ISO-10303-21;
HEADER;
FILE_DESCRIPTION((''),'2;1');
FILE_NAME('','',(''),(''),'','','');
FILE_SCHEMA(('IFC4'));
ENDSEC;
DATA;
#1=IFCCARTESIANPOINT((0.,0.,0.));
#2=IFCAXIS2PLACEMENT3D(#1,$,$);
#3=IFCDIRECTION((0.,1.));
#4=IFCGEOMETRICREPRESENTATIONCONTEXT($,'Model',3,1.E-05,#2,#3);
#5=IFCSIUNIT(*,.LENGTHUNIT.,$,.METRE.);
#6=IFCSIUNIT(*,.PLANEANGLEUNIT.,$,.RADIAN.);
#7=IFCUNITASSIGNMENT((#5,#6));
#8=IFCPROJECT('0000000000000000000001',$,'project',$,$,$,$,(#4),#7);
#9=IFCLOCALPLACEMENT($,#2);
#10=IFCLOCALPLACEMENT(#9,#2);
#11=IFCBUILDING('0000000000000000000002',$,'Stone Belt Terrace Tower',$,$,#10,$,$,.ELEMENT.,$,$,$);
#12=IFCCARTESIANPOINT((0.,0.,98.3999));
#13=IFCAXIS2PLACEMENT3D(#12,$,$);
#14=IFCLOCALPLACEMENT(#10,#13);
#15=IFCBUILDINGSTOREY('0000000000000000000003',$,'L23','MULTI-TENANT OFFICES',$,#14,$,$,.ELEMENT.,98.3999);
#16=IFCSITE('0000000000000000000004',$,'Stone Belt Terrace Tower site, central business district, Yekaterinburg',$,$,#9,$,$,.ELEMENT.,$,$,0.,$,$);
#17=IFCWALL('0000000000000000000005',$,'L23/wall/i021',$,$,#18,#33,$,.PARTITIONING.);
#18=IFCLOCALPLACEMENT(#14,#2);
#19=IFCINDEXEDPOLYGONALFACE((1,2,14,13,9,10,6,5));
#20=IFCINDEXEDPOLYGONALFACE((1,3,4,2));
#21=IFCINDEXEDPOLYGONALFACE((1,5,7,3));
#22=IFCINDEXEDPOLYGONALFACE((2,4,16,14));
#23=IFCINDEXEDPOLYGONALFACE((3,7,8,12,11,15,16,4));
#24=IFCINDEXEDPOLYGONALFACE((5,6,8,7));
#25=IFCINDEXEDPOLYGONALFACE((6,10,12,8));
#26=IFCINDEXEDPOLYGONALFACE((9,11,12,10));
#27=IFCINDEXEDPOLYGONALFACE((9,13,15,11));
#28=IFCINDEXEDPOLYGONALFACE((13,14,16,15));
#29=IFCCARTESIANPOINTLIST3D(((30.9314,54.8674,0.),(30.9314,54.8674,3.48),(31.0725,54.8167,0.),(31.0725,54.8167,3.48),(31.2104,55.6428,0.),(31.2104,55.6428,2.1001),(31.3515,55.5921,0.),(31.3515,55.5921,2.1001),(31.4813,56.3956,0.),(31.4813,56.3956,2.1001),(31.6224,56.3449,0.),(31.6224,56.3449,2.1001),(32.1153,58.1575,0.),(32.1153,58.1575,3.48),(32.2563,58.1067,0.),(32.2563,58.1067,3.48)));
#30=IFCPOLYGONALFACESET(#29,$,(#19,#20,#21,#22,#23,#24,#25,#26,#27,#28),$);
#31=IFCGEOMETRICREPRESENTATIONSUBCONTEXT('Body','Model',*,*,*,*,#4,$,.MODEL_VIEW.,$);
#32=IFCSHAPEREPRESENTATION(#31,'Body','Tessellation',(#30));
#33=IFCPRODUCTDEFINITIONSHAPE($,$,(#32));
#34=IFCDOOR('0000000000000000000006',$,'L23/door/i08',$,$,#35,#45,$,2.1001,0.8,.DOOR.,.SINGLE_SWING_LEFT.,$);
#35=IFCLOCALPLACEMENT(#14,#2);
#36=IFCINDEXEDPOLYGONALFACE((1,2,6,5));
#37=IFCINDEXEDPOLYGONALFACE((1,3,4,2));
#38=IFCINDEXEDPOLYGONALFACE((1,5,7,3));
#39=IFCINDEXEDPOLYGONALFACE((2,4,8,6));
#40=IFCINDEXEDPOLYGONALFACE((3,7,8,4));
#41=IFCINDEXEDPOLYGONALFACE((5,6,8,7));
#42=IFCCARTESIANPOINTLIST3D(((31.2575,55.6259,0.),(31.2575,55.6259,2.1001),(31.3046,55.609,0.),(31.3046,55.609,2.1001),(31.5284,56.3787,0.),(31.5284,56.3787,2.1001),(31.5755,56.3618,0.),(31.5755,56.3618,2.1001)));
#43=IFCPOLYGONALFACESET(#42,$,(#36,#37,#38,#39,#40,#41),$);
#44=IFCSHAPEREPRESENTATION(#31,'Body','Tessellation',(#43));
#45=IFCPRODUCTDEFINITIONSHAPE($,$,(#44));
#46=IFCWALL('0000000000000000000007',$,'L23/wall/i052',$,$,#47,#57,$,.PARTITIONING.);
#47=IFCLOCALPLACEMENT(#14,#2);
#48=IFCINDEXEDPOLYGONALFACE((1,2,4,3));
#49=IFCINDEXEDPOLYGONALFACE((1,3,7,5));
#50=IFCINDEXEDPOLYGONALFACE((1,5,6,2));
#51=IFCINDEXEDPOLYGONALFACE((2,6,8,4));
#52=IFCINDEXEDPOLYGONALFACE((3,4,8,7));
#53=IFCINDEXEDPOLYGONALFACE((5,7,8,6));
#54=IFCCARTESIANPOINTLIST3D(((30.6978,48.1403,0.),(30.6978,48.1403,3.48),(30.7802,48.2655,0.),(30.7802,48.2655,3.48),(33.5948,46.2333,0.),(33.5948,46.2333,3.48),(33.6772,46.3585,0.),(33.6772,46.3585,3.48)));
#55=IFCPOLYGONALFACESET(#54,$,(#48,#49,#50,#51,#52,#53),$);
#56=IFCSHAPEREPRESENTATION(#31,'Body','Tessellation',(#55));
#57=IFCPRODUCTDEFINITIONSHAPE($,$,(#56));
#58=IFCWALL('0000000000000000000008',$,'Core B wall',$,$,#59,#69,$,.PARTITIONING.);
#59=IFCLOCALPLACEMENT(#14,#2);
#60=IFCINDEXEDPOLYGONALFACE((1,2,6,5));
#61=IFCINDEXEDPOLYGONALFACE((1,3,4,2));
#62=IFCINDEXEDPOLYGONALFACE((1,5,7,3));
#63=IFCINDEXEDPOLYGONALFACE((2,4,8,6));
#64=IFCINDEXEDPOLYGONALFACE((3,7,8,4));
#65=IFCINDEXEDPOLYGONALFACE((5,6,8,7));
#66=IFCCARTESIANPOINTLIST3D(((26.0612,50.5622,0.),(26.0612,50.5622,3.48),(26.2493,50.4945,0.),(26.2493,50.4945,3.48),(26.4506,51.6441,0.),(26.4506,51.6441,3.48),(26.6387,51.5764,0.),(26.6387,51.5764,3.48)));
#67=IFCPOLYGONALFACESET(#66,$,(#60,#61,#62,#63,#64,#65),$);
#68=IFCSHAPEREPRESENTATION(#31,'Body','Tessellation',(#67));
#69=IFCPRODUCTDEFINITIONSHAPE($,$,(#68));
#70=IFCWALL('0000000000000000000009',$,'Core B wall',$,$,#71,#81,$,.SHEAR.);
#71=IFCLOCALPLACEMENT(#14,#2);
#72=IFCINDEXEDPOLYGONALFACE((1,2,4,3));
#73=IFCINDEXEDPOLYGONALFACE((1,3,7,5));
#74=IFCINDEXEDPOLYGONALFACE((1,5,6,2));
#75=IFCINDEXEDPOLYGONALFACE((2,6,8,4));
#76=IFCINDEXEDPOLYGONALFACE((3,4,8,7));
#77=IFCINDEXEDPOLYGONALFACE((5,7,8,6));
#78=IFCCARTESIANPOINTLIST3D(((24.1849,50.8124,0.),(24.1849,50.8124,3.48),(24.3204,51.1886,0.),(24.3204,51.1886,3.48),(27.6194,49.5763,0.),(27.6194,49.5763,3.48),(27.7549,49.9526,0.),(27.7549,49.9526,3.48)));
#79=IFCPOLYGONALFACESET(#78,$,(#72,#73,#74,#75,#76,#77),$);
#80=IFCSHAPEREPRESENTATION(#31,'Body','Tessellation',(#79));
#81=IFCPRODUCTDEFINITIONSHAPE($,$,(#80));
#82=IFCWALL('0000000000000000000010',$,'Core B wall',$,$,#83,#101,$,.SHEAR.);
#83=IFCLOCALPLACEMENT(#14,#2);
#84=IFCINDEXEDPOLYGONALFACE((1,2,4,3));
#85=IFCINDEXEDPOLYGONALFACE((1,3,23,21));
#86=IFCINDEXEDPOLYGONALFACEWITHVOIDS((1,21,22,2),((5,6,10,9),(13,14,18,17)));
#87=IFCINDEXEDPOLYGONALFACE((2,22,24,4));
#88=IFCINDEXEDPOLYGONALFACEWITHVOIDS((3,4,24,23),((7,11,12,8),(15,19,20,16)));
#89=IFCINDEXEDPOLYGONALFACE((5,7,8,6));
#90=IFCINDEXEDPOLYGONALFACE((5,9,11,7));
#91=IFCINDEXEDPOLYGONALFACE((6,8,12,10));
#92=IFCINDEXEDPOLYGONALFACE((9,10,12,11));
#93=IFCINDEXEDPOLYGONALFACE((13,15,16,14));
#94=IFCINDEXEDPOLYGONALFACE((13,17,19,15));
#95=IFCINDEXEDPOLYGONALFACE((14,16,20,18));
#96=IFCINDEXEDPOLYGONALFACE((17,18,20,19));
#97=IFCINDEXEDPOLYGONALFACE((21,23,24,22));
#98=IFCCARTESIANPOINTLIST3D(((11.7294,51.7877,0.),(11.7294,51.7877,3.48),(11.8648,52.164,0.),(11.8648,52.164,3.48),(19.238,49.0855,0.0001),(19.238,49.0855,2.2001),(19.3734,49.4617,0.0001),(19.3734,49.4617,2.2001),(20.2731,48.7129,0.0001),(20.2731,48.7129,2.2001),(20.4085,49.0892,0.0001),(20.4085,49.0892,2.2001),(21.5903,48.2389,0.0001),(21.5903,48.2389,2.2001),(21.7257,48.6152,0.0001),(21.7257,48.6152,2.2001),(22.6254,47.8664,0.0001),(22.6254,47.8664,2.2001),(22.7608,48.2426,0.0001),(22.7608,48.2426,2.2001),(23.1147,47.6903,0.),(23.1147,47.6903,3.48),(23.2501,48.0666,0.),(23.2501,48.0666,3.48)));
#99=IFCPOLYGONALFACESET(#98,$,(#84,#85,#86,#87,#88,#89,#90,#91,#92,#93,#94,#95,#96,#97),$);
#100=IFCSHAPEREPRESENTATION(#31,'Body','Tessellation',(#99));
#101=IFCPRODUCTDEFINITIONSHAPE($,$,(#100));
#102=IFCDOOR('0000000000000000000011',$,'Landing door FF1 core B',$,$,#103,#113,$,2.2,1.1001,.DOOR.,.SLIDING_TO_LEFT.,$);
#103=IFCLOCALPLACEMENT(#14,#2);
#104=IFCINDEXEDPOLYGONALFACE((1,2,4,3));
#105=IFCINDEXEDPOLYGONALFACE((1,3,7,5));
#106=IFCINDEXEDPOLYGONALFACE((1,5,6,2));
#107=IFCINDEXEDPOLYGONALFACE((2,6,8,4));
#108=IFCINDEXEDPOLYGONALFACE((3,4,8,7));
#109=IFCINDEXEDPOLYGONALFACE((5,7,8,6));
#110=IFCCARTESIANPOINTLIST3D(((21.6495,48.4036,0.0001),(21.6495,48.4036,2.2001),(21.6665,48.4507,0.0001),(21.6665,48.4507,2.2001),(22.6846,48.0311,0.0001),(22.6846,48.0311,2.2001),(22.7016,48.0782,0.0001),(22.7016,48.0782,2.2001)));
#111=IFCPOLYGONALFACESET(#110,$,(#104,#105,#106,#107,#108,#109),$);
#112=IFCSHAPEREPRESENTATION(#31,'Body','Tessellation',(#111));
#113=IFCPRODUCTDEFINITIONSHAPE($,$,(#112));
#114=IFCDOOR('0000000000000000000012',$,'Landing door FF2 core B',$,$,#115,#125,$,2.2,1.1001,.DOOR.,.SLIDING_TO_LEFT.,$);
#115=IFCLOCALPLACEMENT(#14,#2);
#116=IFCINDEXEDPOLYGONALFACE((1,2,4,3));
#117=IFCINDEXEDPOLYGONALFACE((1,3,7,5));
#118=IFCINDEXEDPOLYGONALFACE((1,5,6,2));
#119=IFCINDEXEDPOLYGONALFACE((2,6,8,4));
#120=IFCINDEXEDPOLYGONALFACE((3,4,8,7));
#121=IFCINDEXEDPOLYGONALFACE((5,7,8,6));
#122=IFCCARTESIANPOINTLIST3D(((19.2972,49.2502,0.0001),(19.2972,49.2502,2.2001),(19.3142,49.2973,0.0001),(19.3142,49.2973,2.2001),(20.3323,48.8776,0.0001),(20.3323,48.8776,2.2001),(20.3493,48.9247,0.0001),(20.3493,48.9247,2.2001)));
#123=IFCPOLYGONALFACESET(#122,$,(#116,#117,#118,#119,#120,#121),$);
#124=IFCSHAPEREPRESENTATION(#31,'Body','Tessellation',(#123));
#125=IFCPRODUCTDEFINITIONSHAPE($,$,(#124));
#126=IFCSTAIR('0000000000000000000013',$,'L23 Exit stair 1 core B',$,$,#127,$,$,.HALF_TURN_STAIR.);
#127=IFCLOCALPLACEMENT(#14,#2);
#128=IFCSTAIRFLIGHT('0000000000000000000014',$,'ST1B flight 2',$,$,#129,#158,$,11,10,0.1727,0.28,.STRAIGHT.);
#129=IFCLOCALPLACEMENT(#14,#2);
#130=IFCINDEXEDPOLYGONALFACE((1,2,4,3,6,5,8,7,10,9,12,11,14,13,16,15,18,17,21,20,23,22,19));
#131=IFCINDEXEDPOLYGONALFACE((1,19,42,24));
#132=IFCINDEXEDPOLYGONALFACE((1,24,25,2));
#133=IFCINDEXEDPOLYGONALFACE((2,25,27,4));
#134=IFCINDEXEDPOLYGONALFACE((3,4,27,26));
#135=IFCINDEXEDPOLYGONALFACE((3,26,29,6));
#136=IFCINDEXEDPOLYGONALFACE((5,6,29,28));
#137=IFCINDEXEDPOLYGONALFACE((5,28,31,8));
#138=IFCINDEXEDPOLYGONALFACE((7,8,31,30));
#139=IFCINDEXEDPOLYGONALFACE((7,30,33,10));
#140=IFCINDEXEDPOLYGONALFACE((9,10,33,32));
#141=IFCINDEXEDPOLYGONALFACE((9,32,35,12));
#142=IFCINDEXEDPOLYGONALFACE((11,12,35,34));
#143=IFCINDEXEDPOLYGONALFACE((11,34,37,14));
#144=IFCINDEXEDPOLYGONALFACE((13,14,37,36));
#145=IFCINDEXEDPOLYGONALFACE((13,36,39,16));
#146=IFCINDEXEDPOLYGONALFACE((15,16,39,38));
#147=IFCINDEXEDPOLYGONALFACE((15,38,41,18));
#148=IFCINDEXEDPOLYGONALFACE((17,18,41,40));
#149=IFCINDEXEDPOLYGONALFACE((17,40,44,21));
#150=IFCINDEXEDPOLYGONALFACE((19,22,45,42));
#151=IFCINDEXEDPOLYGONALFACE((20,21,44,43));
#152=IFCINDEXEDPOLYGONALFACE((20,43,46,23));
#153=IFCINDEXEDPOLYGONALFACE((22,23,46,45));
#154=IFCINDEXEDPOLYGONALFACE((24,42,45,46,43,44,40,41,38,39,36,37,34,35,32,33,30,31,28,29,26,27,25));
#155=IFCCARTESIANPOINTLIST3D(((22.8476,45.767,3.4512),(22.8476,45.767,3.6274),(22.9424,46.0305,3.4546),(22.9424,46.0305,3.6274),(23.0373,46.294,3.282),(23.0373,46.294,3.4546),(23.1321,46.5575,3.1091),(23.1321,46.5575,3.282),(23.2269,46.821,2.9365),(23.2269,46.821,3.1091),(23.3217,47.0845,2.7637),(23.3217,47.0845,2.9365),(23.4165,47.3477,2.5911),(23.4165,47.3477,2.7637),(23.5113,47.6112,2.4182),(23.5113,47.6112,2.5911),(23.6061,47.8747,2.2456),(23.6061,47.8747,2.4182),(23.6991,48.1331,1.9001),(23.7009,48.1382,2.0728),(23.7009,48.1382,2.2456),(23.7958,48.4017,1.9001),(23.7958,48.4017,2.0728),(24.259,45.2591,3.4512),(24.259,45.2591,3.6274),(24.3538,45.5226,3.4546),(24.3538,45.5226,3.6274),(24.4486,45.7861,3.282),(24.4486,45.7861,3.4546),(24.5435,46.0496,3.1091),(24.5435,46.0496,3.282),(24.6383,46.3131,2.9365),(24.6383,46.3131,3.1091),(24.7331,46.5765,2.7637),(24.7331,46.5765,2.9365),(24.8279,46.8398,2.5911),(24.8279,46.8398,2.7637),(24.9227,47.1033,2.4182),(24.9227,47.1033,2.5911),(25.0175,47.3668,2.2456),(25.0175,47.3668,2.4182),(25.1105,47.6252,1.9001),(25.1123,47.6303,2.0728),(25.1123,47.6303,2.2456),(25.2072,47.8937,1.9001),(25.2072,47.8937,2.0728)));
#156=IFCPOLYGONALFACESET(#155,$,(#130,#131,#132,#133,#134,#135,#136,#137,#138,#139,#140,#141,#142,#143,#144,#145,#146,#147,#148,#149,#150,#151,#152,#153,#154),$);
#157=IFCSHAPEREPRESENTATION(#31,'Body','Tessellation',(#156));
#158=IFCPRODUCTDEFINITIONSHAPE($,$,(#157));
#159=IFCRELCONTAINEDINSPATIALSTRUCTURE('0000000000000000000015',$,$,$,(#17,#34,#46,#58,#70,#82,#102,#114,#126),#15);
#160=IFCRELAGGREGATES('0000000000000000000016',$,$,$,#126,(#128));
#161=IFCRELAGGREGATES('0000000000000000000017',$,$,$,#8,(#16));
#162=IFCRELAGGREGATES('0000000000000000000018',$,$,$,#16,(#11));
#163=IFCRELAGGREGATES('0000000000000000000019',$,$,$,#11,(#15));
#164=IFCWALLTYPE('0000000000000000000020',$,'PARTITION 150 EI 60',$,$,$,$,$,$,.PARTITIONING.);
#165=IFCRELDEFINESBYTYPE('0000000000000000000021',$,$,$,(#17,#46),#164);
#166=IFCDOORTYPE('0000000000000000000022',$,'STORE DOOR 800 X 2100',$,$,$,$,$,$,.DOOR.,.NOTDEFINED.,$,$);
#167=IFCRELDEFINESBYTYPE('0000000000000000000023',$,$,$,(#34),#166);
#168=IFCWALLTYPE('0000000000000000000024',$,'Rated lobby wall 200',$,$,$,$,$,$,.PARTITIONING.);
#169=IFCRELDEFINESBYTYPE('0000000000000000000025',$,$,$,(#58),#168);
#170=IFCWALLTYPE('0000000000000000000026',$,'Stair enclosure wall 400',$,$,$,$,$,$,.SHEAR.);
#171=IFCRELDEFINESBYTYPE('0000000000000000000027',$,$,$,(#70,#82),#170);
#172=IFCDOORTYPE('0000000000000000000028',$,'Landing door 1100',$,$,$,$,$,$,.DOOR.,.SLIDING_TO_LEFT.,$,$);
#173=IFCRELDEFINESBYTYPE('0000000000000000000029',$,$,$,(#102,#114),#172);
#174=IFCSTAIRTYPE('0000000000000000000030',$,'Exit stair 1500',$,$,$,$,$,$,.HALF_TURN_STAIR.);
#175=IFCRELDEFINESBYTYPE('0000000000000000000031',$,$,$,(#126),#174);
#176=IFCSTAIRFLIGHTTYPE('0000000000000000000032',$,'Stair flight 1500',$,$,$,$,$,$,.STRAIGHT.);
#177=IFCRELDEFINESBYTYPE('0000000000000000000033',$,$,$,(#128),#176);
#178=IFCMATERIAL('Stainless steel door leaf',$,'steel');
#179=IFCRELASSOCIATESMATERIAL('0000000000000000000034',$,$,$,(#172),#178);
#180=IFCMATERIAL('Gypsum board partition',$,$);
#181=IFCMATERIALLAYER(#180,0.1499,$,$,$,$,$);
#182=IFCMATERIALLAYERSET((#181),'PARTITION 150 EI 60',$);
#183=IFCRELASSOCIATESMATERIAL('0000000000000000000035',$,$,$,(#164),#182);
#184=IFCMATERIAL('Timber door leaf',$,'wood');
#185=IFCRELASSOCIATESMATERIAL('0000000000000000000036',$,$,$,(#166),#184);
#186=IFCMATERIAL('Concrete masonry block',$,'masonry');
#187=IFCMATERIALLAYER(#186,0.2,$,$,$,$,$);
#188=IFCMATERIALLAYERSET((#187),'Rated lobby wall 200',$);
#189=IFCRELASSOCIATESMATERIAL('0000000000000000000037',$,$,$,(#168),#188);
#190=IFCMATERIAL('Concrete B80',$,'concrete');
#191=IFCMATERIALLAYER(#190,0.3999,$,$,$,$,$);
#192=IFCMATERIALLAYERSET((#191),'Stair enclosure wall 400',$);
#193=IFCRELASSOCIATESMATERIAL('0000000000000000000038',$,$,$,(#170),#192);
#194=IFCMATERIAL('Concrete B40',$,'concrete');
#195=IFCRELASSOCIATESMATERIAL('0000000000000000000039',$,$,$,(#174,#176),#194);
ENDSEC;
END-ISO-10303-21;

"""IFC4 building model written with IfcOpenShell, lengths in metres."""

from ifc_helpers import new_model, si_unit, direction, frame, frame_2d, origin, place, context, subcontext, project, spatial, polyline, rectangle, outline, extrude, material, layer, layer_set, type_object, element, fill, aggregate, save


model = new_model("IFC4")

# Units and contexts
model_context = context("Model", 3, precision=1e-05, world=origin(), true_north=direction((0.0, 1.0)))
body_context = subcontext(model_context, "Body", "Model", "MODEL_VIEW")
ifc_project = project(units=[si_unit("LENGTHUNIT", "METRE"), si_unit("PLANEANGLEUNIT", "RADIAN")], contexts=[model_context])

# Site, building, storey
site_placement = place(None, origin())
site = spatial("IfcSite", under=ifc_project, at=site_placement, Name="Stone Belt Terrace Tower site, central business district, Yekaterinburg", CompositionType="ELEMENT", RefElevation=0.0)
building_placement = place(site_placement, origin())
building = spatial("IfcBuilding", under=site, at=building_placement, Name="Stone Belt Terrace Tower", CompositionType="ELEMENT")
storey_placement = place(building_placement, frame((0.0, 0.0, 98.3999)))
storey = spatial("IfcBuildingStorey", under=building, at=storey_placement, Name="L23", Description="MULTI-TENANT OFFICES", CompositionType="ELEMENT", Elevation=98.3999)

# Shared definitions
ifc_material_1 = material(Name="Concrete B80", Category="concrete")

# Shared definitions
ifc_material_2 = material(Name="Timber door leaf", Category="wood")

# Shared definitions
ifc_material_3 = material(Name="Stainless steel door leaf", Category="steel")

# Shared definitions
door_type_1 = type_object("IfcDoorType", Name="Landing door 1100", OperationType="SLIDING_TO_LEFT", PredefinedType="DOOR", material=ifc_material_3)

# Wall, opening, door
ifc_material_4 = material(Name="Gypsum board partition")
ifc_layer_1 = layer(ifc_material_4, 0.1499)
ifc_layer_set_1 = layer_set([ifc_layer_1], Name="PARTITION 150 EI 60")
wall_type_1 = type_object("IfcWallType", Name="PARTITION 150 EI 60", PredefinedType="PARTITIONING", material=ifc_layer_set_1)
wall_1_placement = place(storey_placement, frame((31.002, 54.842, 0.0), z_axis=(0.0, 0.0, 1.0), x_axis=(0.338574, 0.94094, 0.0)))
wall_1 = element("IfcWall", 1, at=wall_1_placement, inside=storey, type_object=wall_type_1, Name="L23/wall/i021", PredefinedType="PARTITIONING", context=body_context, shape_type="SweptSolid", body=[
    extrude(rectangle(XDim=3.4966, YDim=0.1499, at=frame_2d((1.7483, 0.0))), origin(), (0.0, 0.0, 1.0), 3.48),
])
opening_1_placement = place(wall_1_placement, frame((0.8242, 0.0, 0.0)))
opening_1 = element("IfcOpeningElement", 2, at=opening_1_placement, cuts=wall_1, PredefinedType="OPENING", context=body_context, shape_type="SweptSolid", body=[
    extrude(rectangle(XDim=0.8, YDim=2.1001, at=frame_2d((0.3999, 1.05))), frame((0.0, 0.085, 0.0), z_axis=(0.0, -1.0, 0.0), x_axis=(1.0, 0.0, 0.0)), (0.0, 0.0, 1.0), 0.1699),
])
door_type_2 = type_object("IfcDoorType", Name="STORE DOOR 800 X 2100", OperationType="NOTDEFINED", PredefinedType="DOOR", material=ifc_material_2)
door_1_placement = place(opening_1_placement, origin())
door_1 = element("IfcDoor", 3, at=door_1_placement, inside=storey, type_object=door_type_2, Name="L23/door/i08", OperationType="SINGLE_SWING_LEFT", OverallHeight=2.1001, OverallWidth=0.8, PredefinedType="DOOR", context=body_context, shape_type="SweptSolid", body=[
    extrude(rectangle(XDim=0.8, YDim=2.1001, at=frame_2d((0.3999, 1.05))), frame((0.0, 0.0249, 0.0), z_axis=(0.0, -1.0, 0.0), x_axis=(1.0, 0.0, 0.0)), (0.0, 0.0, 1.0), 0.05),
])
fill(opening_1, door_1)

# Walls
wall_2_placement = place(storey_placement, frame((30.739, 48.2029, 0.0), z_axis=(0.0, 0.0, 1.0), x_axis=(0.835274, -0.549834, 0.0)))
element("IfcWall", 4, at=wall_2_placement, inside=storey, type_object=wall_type_1, Name="L23/wall/i052", PredefinedType="PARTITIONING", context=body_context, shape_type="SweptSolid", body=[
    extrude(rectangle(XDim=3.4683, YDim=0.1499, at=frame_2d((1.7341, 0.0))), origin(), (0.0, 0.0, 1.0), 3.48),
])
ifc_material_5 = material(Name="Concrete masonry block", Category="masonry")
ifc_layer_2 = layer(ifc_material_5, 0.2)
ifc_layer_set_2 = layer_set([ifc_layer_2], Name="Rated lobby wall 200")
wall_type_2 = type_object("IfcWallType", Name="Rated lobby wall 200", PredefinedType="PARTITIONING", material=ifc_layer_set_2)
wall_3_placement = place(storey_placement, frame((26.1553, 50.5283, 0.0), z_axis=(0.0, 0.0, 1.0), x_axis=(0.338622, 0.940923, 0.0)))
element("IfcWall", 5, at=wall_3_placement, inside=storey, type_object=wall_type_2, Name="Core B wall", PredefinedType="PARTITIONING", context=body_context, shape_type="SweptSolid", body=[
    extrude(rectangle(XDim=1.1499, YDim=0.2, at=frame_2d((0.575, 0.0))), origin(), (0.0, 0.0, 1.0), 3.48),
])
ifc_layer_3 = layer(ifc_material_1, 0.3999)
ifc_layer_set_3 = layer_set([ifc_layer_3], Name="Stair enclosure wall 400")
wall_type_3 = type_object("IfcWallType", Name="Stair enclosure wall 400", PredefinedType="SHEAR", material=ifc_layer_set_3)
wall_4_placement = place(storey_placement, frame((27.6873, 49.7644, 0.0), z_axis=(0.0, 0.0, 1.0), x_axis=(-0.940919, 0.338632, 0.0)))
element("IfcWall", 6, at=wall_4_placement, inside=storey, type_object=wall_type_3, Name="Core B wall", PredefinedType="SHEAR", context=body_context, shape_type="SweptSolid", body=[
    extrude(rectangle(XDim=3.6501, YDim=0.3999, at=frame_2d((1.8252, 0.0))), origin(), (0.0, 0.0, 1.0), 3.48),
])

# Wall, openings, doors
wall_5_placement = place(storey_placement, frame((23.1824, 47.8784, 0.0), z_axis=(0.0, 0.0, 1.0), x_axis=(-0.940921, 0.338626, 0.0)))
wall_5 = element("IfcWall", 7, at=wall_5_placement, inside=storey, type_object=wall_type_3, Name="Core B wall", PredefinedType="SHEAR", context=body_context, shape_type="SweptSolid", body=[
    extrude(rectangle(XDim=12.1001, YDim=0.3999, at=frame_2d((6.05, 0.0))), origin(), (0.0, 0.0, 1.0), 3.48),
])
opening_2_placement = place(wall_5_placement, frame((0.52, 0.0, 0.0)))
opening_2 = element("IfcOpeningElement", 8, at=opening_2_placement, cuts=wall_5, PredefinedType="OPENING", context=body_context, shape_type="SweptSolid", body=[
    extrude(rectangle(XDim=1.1001, YDim=2.2, at=frame_2d((0.55, 1.1001))), frame((0.0, 0.21, 0.0), z_axis=(0.0, -1.0, 0.0), x_axis=(1.0, 0.0, 0.0)), (0.0, 0.0, 1.0), 0.4199),
])
opening_3_placement = place(wall_5_placement, frame((3.02, 0.0, 0.0)))
opening_3 = element("IfcOpeningElement", 9, at=opening_3_placement, cuts=wall_5, PredefinedType="OPENING", context=body_context, shape_type="SweptSolid", body=[
    extrude(rectangle(XDim=1.1001, YDim=2.2, at=frame_2d((0.55, 1.1001))), frame((0.0, 0.21, 0.0), z_axis=(0.0, -1.0, 0.0), x_axis=(1.0, 0.0, 0.0)), (0.0, 0.0, 1.0), 0.4199),
])
door_2_placement = place(opening_2_placement, origin())
door_2 = element("IfcDoor", 10, at=door_2_placement, inside=storey, type_object=door_type_1, Name="Landing door FF1 core B", OperationType="SLIDING_TO_LEFT", OverallHeight=2.2, OverallWidth=1.1001, PredefinedType="DOOR", context=body_context, shape_type="SweptSolid", body=[
    extrude(rectangle(XDim=1.1001, YDim=2.2, at=frame_2d((0.55, 1.1001))), frame((0.0, 0.0249, 0.0), z_axis=(0.0, -1.0, 0.0), x_axis=(1.0, 0.0, 0.0)), (0.0, 0.0, 1.0), 0.05),
])
fill(opening_2, door_2)
door_3_placement = place(opening_3_placement, origin())
door_3 = element("IfcDoor", 11, at=door_3_placement, inside=storey, type_object=door_type_1, Name="Landing door FF2 core B", OperationType="SLIDING_TO_LEFT", OverallHeight=2.2, OverallWidth=1.1001, PredefinedType="DOOR", context=body_context, shape_type="SweptSolid", body=[
    extrude(rectangle(XDim=1.1001, YDim=2.2, at=frame_2d((0.55, 1.1001))), frame((0.0, 0.0249, 0.0), z_axis=(0.0, -1.0, 0.0), x_axis=(1.0, 0.0, 0.0)), (0.0, 0.0, 1.0), 0.05),
])
fill(opening_3, door_3)

# Stair, stair flight
ifc_material_6 = material(Name="Concrete B40", Category="concrete")
stair_type = type_object("IfcStairType", Name="Exit stair 1500", PredefinedType="HALF_TURN_STAIR", material=ifc_material_6)
stair_placement = place(storey_placement, origin())
stair = element("IfcStair", 12, at=stair_placement, inside=storey, type_object=stair_type, Name="L23 Exit stair 1 core B", PredefinedType="HALF_TURN_STAIR")
stair_flight_type = type_object("IfcStairFlightType", Name="Stair flight 1500", PredefinedType="STRAIGHT", material=ifc_material_6)
stair_flight_placement = place(storey_placement, frame((24.5015, 48.1477, 1.9001), z_axis=(0.0, 0.0, 1.0), x_axis=(-0.338624, -0.940922, 0.0)))
stair_flight = element("IfcStairFlight", 13, at=stair_flight_placement, type_object=stair_flight_type, Name="ST1B flight 2", NumberOfRisers=11, NumberOfTreads=10, PredefinedType="STRAIGHT", RiserHeight=0.1727, TreadLength=0.28, context=body_context, shape_type="SweptSolid", body=[
    extrude(outline(polyline([(0.0, 0.0), (0.0, 0.1726), (0.28, 0.1726), (0.28, 0.3455), (0.5601, 0.3455), (0.5601, 0.5181), (0.8401, 0.5181), (0.8401, 0.6909), (1.1201, 0.6909), (1.1201, 0.8635), (1.3999, 0.8635), (1.3999, 1.0364), (1.6799, 1.0364), (1.6799, 1.209), (1.96, 1.209), (1.96, 1.3818), (2.24, 1.3818), (2.24, 1.5544), (2.52, 1.5544), (2.52, 1.7273), (2.8, 1.7273), (2.8, 1.8999), (2.8, 1.551), (0.2854, 0.0), (0.0, 0.0)])), frame((0.0, 0.75, 0.0), z_axis=(0.0, -1.0, 0.0), x_axis=(1.0, 0.0, 0.0)), (0.0, 0.0, 1.0), 1.5),
])
aggregate(stair, [stair_flight])

save(model, "model.ifc")
